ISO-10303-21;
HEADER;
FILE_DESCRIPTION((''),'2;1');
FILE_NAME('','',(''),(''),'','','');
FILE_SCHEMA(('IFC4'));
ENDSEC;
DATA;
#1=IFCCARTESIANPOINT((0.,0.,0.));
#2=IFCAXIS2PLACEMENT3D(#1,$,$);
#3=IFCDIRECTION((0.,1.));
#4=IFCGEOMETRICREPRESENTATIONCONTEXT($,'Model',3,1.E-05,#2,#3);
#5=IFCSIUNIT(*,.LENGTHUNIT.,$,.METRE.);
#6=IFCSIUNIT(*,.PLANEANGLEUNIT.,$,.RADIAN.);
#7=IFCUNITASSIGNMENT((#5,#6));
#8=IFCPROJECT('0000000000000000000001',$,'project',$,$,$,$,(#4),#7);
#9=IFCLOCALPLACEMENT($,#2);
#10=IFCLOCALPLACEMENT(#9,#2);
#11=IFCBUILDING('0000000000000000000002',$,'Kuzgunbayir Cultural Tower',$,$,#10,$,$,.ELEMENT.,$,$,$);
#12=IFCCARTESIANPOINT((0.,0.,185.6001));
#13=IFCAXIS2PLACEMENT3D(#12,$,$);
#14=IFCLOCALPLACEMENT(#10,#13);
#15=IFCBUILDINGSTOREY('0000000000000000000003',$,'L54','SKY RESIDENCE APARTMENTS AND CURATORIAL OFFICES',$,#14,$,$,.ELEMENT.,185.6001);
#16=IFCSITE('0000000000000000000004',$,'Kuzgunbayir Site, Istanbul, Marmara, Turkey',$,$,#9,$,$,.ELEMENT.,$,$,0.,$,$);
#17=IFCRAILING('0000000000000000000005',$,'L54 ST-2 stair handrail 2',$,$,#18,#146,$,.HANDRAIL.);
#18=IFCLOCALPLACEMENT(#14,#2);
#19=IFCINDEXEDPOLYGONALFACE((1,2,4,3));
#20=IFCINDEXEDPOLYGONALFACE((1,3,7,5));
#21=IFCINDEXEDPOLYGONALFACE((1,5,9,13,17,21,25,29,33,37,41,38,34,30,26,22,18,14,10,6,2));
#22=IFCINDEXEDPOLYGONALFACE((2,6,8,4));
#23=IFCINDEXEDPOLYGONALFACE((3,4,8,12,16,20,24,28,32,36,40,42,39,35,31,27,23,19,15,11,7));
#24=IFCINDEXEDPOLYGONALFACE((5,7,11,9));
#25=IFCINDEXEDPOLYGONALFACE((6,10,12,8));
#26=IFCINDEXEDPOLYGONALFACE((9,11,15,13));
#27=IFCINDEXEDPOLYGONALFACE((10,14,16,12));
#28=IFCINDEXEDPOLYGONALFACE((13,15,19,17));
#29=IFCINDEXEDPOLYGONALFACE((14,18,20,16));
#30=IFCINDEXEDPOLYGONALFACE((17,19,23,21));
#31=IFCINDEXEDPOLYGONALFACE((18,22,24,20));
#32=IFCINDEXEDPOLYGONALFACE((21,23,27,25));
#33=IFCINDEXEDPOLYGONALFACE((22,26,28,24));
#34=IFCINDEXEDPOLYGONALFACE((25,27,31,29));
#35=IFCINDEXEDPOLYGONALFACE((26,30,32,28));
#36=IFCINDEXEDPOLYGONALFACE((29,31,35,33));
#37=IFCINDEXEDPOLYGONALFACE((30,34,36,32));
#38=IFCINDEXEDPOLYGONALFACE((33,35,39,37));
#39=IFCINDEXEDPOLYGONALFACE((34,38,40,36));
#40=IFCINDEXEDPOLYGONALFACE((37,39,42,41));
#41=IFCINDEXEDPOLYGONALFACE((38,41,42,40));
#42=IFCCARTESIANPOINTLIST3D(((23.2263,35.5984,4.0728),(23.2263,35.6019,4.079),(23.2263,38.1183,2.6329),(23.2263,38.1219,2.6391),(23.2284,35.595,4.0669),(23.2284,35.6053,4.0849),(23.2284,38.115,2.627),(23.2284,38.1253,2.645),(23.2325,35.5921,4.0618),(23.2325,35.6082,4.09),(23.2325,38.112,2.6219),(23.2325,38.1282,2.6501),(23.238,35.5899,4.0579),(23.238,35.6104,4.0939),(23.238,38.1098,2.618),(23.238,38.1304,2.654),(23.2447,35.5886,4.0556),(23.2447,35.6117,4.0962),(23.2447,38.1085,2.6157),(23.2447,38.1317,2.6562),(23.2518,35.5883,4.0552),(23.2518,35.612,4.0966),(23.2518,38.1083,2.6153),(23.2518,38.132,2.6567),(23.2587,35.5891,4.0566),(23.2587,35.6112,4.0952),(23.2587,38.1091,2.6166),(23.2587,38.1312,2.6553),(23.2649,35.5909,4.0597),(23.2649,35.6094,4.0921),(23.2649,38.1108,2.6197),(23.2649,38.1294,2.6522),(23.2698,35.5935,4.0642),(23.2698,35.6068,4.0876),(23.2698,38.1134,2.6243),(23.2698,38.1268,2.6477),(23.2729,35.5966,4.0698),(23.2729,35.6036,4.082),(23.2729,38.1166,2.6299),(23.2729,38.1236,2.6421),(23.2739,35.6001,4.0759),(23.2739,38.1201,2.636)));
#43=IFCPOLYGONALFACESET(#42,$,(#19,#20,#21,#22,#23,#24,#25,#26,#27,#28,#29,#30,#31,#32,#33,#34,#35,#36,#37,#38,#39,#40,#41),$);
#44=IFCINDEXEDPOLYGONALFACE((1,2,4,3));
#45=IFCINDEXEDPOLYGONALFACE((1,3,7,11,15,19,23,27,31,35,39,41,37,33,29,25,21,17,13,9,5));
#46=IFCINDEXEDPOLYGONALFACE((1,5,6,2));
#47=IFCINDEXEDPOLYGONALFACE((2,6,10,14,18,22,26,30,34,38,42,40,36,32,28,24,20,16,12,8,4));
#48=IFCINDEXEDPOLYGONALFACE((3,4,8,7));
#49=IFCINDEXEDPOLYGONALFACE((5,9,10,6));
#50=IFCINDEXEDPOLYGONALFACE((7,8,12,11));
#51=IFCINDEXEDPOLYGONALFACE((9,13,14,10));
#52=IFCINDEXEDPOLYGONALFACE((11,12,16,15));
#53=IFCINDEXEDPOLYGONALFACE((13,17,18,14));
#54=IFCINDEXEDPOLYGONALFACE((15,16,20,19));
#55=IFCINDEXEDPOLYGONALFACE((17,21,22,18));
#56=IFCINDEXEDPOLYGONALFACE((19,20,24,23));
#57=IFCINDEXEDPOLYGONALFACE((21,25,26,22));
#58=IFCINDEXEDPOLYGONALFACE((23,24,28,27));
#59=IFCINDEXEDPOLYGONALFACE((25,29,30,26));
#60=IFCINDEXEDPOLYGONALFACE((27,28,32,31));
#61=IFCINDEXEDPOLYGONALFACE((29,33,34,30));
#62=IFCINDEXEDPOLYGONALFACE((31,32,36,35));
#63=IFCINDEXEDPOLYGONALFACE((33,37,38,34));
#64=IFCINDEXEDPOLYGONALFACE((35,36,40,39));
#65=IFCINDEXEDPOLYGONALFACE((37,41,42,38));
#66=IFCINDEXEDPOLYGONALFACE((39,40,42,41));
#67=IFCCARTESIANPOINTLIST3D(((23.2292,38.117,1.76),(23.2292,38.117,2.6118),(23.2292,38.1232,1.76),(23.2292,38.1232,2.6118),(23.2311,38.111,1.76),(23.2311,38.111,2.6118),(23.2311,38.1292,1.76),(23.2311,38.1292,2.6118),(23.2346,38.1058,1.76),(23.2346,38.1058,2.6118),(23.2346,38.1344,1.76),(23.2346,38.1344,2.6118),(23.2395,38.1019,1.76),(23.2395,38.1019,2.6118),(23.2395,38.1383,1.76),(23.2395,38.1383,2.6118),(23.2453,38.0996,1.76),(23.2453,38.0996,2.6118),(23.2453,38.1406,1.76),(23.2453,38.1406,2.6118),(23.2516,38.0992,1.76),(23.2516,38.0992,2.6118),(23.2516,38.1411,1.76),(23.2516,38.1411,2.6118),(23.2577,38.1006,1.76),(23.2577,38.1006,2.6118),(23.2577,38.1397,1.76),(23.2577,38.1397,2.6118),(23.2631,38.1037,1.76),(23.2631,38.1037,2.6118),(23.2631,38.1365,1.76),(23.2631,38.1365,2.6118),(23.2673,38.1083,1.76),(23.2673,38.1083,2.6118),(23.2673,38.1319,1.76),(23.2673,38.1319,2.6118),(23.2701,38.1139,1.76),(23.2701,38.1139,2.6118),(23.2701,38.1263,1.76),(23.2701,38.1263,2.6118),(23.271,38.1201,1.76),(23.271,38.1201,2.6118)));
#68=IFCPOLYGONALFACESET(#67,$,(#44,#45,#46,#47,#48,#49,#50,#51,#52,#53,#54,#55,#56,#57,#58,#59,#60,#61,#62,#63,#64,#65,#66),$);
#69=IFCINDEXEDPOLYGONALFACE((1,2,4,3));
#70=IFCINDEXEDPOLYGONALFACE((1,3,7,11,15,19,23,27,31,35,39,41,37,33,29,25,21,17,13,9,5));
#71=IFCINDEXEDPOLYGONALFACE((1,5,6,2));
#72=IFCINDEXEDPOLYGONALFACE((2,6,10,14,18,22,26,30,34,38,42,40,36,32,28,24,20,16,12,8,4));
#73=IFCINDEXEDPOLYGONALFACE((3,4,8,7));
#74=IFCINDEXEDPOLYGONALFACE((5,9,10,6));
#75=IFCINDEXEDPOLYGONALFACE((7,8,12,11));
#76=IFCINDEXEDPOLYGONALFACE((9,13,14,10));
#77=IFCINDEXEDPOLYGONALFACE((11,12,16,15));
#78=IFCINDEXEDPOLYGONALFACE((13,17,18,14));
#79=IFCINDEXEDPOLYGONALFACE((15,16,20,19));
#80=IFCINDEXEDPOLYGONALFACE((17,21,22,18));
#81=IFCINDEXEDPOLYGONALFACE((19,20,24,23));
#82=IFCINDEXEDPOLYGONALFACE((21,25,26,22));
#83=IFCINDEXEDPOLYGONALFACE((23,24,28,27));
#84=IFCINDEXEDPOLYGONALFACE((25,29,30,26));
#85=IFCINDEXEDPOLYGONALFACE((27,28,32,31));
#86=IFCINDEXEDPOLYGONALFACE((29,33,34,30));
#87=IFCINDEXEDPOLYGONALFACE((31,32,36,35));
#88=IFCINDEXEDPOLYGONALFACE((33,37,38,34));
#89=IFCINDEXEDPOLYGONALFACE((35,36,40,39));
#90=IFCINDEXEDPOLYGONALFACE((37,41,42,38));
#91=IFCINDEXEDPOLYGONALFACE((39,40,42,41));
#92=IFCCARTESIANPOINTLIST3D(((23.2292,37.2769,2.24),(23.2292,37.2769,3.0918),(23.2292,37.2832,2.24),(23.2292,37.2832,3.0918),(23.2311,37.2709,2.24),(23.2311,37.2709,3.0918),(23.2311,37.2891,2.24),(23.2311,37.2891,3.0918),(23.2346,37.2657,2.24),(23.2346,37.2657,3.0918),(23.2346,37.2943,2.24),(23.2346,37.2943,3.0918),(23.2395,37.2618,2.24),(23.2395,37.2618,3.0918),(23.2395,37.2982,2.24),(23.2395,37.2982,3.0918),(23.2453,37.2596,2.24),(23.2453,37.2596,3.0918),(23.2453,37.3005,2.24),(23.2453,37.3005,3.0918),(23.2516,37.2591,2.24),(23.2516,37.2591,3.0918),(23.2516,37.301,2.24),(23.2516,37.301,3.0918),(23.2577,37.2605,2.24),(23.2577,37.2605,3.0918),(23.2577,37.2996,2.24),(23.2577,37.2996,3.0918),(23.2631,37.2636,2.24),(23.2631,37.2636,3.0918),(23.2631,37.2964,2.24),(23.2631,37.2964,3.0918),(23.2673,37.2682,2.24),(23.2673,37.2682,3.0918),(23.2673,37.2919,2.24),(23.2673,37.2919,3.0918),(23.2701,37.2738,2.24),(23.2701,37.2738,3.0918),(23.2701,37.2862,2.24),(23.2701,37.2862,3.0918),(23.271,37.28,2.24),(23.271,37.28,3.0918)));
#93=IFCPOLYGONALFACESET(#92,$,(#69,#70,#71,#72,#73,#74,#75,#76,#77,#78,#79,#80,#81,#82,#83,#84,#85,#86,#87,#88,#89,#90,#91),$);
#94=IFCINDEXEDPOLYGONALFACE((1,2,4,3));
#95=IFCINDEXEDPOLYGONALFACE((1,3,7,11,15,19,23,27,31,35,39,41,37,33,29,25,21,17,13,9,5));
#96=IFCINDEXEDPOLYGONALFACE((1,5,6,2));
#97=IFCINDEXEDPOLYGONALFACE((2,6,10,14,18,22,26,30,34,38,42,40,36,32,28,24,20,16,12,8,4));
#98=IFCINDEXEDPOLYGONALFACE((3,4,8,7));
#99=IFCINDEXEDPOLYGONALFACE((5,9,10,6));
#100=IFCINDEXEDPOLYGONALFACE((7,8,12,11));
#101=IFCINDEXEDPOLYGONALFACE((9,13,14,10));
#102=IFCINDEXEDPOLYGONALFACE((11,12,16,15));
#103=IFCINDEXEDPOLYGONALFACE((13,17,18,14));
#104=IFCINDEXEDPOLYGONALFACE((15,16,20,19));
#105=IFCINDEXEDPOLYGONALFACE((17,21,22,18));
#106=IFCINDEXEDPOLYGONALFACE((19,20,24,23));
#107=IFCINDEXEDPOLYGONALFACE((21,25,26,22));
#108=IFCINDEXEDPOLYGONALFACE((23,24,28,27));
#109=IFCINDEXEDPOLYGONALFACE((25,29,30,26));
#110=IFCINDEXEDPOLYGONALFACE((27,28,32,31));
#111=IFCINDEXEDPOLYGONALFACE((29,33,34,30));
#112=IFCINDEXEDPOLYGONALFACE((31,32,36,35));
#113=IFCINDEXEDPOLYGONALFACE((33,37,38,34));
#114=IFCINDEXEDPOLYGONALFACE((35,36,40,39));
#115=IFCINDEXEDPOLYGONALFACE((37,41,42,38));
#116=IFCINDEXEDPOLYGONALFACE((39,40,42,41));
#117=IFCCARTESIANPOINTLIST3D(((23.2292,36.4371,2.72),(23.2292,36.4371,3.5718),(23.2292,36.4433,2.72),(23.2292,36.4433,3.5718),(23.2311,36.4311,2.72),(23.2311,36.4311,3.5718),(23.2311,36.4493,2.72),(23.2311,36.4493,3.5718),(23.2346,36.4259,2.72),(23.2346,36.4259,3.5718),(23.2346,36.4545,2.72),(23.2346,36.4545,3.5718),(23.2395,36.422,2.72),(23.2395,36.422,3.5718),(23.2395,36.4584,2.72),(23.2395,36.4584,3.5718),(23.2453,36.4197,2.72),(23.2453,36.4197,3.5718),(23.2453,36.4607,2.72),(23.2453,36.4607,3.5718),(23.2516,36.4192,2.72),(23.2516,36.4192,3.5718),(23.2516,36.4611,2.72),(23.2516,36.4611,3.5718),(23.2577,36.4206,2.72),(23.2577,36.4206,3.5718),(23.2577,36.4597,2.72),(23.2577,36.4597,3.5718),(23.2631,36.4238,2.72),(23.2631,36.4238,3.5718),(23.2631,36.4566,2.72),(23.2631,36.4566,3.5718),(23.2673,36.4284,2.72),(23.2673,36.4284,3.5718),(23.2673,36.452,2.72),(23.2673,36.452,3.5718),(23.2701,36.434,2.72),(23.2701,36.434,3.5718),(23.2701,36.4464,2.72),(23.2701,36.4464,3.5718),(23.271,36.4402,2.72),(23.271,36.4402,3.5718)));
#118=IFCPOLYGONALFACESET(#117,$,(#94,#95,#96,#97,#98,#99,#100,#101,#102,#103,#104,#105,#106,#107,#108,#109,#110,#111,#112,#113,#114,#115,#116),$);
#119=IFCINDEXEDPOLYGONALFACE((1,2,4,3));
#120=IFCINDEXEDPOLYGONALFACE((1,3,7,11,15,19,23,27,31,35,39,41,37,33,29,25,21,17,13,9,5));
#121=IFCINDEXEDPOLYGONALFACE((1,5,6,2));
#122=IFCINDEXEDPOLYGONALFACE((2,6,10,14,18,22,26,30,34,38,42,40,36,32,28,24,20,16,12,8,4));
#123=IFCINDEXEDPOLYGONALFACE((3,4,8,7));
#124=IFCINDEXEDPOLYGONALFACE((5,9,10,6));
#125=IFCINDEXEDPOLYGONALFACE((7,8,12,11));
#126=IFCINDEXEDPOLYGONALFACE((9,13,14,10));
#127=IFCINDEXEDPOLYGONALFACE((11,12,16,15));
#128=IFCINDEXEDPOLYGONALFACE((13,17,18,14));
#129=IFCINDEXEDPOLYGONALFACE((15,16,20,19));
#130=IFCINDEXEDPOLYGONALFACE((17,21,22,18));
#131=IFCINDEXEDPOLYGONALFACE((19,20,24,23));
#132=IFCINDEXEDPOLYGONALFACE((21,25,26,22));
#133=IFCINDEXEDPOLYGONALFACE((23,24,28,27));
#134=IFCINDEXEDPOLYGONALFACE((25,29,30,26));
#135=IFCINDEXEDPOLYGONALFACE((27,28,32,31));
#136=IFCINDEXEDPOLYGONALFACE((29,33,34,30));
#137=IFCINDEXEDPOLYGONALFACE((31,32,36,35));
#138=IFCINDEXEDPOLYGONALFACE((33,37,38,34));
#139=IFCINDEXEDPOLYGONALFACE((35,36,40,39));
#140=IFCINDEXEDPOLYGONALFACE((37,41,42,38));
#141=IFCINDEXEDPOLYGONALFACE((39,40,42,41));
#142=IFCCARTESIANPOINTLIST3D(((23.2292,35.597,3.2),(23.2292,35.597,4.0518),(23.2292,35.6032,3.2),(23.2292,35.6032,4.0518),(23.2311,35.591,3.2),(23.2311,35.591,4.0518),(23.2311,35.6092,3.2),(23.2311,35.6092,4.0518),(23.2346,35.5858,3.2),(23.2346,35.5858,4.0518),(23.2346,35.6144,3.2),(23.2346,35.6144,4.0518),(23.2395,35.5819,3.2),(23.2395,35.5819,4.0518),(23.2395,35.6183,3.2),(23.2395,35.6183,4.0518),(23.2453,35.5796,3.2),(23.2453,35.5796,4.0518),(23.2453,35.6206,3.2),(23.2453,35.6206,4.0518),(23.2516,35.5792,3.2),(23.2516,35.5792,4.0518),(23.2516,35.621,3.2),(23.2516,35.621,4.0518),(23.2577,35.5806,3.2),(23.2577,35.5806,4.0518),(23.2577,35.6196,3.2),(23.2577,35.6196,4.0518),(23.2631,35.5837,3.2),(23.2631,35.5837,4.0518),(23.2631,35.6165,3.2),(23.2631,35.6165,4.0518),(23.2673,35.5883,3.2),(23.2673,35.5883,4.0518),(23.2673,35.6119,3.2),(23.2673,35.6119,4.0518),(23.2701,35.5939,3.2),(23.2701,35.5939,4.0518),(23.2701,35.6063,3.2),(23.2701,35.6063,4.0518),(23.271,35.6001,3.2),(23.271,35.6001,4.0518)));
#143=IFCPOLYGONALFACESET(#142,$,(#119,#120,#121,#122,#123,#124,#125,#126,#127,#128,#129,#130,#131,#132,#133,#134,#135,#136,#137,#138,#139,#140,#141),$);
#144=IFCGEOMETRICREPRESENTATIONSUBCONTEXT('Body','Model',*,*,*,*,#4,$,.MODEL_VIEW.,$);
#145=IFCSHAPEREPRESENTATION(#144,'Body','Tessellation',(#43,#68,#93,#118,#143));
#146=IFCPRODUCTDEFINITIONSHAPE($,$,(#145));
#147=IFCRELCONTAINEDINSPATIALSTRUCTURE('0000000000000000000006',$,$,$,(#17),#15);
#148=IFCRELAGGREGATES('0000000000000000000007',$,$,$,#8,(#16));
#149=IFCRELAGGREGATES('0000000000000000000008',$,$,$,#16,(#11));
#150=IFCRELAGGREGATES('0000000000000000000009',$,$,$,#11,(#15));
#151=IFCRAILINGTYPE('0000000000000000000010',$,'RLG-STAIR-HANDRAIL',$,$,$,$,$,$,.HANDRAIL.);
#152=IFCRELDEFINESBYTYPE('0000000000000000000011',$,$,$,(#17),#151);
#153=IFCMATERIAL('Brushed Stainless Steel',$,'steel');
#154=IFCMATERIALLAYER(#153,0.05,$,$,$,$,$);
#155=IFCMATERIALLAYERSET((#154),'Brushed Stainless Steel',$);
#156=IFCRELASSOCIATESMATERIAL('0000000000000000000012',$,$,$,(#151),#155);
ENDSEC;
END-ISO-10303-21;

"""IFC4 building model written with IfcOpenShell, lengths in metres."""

from ifc_helpers import new_model, si_unit, direction, frame, origin, origin_2d, place, context, subcontext, project, spatial, circle, extrude, material, layer, layer_set, type_object, element, save


model = new_model("IFC4")

# Units and contexts
model_context = context("Model", 3, precision=1e-05, world=origin(), true_north=direction((0.0, 1.0)))
body_context = subcontext(model_context, "Body", "Model", "MODEL_VIEW")
ifc_project = project(units=[si_unit("LENGTHUNIT", "METRE"), si_unit("PLANEANGLEUNIT", "RADIAN")], contexts=[model_context])

# Site, building, storey
site_placement = place(None, origin())
site = spatial("IfcSite", under=ifc_project, at=site_placement, Name="Kuzgunbayir Site, Istanbul, Marmara, Turkey", CompositionType="ELEMENT", RefElevation=0.0)
building_placement = place(site_placement, origin())
building = spatial("IfcBuilding", under=site, at=building_placement, Name="Kuzgunbayir Cultural Tower", CompositionType="ELEMENT")
storey_placement = place(building_placement, frame((0.0, 0.0, 185.6001)))
storey = spatial("IfcBuildingStorey", under=building, at=storey_placement, Name="L54", Description="SKY RESIDENCE APARTMENTS AND CURATORIAL OFFICES", CompositionType="ELEMENT", Elevation=185.6001)

# Shared definitions
ifc_material_1 = material(Name="Brushed Stainless Steel", Category="steel")

# Railing
ifc_layer_1 = layer(ifc_material_1, 0.05)
ifc_layer_set_1 = layer_set([ifc_layer_1], Name="Brushed Stainless Steel")
railing_type_1 = type_object("IfcRailingType", Name="RLG-STAIR-HANDRAIL", PredefinedType="HANDRAIL", material=ifc_layer_set_1)
railing_1_placement = place(storey_placement, frame((23.25, 38.1201, 1.76)))
element("IfcRailing", 1, at=railing_1_placement, inside=storey, type_object=railing_type_1, Name="L54 ST-2 stair handrail 2", PredefinedType="HANDRAIL", context=body_context, shape_type="SweptSolid", body=[
    extrude(circle(Radius=0.0239, at=origin_2d()), frame((0.0, 0.0, 0.876), z_axis=(0.0, -0.868253, 0.496121), x_axis=(1.0, 0.0, 0.0)), (0.0, 0.0, 1.0), 2.9023),
    extrude(circle(Radius=0.021, at=origin_2d()), origin(), (0.0, 0.0, 1.0), 0.8518),
    extrude(circle(Radius=0.021, at=origin_2d()), frame((0.0, -0.8401, 0.48)), (0.0, 0.0, 1.0), 0.8518),
    extrude(circle(Radius=0.021, at=origin_2d()), frame((0.0, -1.6799, 0.96)), (0.0, 0.0, 1.0), 0.8518),
    extrude(circle(Radius=0.021, at=origin_2d()), frame((0.0, -2.52, 1.4399)), (0.0, 0.0, 1.0), 0.8518),
])

save(model, "model.ifc")
